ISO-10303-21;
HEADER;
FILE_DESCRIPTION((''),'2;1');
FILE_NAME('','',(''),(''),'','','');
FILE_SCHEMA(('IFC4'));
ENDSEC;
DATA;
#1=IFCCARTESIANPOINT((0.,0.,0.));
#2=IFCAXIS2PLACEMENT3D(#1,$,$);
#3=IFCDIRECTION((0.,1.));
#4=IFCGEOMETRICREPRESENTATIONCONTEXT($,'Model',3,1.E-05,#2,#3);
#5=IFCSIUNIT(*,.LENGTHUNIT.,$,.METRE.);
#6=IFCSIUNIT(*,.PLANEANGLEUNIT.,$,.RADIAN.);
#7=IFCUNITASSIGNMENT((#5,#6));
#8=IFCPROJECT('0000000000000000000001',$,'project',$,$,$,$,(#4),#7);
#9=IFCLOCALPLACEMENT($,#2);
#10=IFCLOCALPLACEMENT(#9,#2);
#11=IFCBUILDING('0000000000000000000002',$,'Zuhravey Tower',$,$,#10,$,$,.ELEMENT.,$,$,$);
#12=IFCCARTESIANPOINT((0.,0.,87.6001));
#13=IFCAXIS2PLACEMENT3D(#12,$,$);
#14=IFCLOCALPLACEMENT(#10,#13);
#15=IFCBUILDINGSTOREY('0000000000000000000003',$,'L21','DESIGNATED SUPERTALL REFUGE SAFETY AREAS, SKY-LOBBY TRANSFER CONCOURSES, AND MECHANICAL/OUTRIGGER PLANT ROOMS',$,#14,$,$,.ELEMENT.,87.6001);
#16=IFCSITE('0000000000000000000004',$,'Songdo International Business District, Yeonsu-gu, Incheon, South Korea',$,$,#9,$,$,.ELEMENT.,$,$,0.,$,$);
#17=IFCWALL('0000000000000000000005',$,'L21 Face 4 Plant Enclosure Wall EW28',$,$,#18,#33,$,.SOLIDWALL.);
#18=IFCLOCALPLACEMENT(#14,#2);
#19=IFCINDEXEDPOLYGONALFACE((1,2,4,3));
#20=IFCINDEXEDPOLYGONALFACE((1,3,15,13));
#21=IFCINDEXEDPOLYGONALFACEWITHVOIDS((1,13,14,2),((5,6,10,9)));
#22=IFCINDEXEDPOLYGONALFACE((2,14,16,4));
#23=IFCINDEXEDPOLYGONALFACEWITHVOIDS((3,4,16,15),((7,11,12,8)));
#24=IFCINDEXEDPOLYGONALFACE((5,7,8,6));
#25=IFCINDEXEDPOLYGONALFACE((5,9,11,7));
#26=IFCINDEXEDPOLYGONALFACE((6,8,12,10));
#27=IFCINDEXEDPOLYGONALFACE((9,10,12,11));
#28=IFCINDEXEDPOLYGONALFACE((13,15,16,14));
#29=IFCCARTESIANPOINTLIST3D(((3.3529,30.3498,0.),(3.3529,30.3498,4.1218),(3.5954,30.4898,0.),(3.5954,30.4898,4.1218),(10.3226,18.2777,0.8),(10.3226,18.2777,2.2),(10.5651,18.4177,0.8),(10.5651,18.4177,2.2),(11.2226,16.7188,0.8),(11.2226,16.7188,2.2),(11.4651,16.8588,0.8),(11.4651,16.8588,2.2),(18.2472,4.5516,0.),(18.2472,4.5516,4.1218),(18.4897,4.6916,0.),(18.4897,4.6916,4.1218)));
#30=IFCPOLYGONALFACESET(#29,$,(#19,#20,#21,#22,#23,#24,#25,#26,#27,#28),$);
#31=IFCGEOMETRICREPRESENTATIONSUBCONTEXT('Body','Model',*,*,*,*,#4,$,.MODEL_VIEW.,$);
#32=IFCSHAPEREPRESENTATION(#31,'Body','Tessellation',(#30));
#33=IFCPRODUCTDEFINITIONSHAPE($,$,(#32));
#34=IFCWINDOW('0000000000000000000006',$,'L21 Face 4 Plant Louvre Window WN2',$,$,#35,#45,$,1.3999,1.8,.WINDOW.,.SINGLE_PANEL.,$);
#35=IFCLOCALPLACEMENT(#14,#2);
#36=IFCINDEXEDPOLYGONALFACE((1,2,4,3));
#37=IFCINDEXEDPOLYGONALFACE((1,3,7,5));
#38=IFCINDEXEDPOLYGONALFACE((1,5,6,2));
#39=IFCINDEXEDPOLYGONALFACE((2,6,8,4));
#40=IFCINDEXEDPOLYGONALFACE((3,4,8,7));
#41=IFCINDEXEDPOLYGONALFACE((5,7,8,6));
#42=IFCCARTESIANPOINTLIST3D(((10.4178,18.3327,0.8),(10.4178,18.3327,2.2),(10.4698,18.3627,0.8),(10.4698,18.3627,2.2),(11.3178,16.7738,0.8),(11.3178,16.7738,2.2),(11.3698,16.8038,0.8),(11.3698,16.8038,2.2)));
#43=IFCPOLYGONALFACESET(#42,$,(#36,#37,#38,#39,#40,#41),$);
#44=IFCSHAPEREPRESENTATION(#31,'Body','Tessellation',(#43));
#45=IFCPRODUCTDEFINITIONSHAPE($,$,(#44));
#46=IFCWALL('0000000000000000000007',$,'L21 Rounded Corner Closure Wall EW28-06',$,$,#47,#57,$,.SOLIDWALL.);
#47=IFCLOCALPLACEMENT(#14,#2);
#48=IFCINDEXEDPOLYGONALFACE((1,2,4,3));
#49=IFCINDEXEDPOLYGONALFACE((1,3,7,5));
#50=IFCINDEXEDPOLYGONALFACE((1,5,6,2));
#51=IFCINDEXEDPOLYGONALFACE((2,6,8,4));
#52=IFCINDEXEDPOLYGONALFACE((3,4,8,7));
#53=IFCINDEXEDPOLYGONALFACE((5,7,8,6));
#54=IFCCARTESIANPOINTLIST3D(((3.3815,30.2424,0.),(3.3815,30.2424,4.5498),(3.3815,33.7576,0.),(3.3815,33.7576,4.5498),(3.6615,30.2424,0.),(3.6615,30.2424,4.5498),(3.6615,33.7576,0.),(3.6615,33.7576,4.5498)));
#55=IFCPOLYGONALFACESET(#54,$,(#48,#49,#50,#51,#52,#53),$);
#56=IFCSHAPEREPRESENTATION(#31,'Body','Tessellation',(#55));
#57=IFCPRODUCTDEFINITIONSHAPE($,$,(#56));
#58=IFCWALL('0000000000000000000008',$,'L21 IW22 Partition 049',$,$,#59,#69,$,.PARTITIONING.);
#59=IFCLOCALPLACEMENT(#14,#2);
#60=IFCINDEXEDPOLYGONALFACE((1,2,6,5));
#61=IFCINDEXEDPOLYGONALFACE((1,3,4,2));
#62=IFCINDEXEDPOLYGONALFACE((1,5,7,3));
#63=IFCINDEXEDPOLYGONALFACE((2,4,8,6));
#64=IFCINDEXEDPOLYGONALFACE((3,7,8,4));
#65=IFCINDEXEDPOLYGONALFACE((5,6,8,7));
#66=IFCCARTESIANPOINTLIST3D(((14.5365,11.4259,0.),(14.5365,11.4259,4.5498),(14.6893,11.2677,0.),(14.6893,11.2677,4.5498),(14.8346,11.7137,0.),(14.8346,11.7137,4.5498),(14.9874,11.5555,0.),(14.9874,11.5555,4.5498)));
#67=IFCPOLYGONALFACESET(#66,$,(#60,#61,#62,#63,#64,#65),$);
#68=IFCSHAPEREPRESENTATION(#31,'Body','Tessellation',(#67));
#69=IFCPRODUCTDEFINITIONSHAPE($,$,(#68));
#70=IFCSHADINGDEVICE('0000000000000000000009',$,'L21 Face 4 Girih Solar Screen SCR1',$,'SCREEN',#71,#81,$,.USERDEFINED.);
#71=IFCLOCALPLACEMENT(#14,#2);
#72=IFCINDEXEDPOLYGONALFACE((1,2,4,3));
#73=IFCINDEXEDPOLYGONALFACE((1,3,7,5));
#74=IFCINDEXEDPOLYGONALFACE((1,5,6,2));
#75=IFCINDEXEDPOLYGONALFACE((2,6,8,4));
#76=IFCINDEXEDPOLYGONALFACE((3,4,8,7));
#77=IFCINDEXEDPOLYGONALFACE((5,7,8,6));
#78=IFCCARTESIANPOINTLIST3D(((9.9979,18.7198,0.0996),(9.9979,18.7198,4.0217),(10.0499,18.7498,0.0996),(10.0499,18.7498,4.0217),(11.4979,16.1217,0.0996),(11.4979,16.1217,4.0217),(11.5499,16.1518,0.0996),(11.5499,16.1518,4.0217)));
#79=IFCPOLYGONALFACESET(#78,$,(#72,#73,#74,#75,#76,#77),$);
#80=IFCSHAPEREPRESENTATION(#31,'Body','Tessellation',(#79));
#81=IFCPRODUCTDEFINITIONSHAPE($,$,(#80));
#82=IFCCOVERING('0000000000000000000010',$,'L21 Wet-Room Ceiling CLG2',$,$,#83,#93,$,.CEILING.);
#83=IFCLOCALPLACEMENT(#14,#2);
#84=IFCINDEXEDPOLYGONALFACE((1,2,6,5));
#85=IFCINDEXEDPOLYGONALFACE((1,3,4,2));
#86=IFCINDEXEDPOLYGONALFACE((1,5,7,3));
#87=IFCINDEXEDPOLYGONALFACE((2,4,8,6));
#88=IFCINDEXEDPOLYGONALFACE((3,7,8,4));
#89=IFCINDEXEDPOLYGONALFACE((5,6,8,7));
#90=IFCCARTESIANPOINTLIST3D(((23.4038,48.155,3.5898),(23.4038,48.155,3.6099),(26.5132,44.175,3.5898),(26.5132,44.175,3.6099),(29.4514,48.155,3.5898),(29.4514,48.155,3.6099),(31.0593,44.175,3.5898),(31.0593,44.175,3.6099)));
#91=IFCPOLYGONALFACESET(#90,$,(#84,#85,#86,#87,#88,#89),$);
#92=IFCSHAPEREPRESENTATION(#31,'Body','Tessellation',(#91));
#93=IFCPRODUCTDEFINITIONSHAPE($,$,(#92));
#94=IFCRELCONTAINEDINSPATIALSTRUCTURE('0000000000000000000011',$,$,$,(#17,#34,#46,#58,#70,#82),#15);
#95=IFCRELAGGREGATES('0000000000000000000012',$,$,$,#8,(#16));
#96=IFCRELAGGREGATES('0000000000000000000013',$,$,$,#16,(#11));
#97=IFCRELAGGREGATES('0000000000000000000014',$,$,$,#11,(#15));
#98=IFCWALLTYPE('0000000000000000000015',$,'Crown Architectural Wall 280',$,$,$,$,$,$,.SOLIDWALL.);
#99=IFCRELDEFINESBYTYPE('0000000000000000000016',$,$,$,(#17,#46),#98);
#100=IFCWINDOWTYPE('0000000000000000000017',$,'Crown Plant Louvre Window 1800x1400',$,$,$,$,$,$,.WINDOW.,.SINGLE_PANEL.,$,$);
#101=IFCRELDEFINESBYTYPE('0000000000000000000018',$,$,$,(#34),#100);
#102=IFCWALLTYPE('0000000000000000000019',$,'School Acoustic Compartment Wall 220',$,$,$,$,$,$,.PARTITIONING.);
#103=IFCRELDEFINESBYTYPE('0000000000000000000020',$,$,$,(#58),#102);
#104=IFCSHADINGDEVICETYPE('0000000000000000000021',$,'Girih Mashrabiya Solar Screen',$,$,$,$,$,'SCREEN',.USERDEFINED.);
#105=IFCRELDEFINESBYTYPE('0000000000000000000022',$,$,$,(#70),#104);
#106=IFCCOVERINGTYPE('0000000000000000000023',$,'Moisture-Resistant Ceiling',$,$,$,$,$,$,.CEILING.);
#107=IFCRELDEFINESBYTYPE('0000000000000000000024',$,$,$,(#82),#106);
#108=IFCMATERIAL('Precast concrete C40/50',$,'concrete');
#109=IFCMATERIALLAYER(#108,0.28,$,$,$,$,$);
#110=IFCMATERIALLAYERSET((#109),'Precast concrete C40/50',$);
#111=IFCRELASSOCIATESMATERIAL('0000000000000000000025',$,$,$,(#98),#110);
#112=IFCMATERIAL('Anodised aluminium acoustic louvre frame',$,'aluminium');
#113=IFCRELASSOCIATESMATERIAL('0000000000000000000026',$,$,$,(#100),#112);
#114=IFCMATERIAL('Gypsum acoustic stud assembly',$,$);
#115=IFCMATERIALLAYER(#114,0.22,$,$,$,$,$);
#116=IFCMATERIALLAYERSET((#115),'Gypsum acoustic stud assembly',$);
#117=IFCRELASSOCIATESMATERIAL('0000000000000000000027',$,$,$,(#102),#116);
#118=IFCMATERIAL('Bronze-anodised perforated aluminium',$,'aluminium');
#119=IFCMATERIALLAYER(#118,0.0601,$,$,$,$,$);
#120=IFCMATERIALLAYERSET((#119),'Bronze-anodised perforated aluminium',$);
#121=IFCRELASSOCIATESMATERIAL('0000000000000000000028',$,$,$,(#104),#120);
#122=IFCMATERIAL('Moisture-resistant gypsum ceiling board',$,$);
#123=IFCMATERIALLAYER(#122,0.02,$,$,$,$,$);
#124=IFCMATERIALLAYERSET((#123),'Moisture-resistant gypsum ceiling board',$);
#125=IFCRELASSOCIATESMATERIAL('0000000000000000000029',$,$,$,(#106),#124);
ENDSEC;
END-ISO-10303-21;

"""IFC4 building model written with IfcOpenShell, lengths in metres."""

from ifc_helpers import new_model, si_unit, direction, frame, frame_2d, origin, origin_2d, place, context, subcontext, project, spatial, polyline, rectangle, outline, extrude, material, layer, layer_set, type_object, element, fill, save


model = new_model("IFC4")

# Units and contexts
model_context = context("Model", 3, precision=1e-05, world=origin(), true_north=direction((0.0, 1.0)))
body_context = subcontext(model_context, "Body", "Model", "MODEL_VIEW")
ifc_project = project(units=[si_unit("LENGTHUNIT", "METRE"), si_unit("PLANEANGLEUNIT", "RADIAN")], contexts=[model_context])

# Site, building, storey
site_placement = place(None, origin())
site = spatial("IfcSite", under=ifc_project, at=site_placement, Name="Songdo International Business District, Yeonsu-gu, Incheon, South Korea", CompositionType="ELEMENT", RefElevation=0.0)
building_placement = place(site_placement, origin())
building = spatial("IfcBuilding", under=site, at=building_placement, Name="Zuhravey Tower", CompositionType="ELEMENT")
storey_placement = place(building_placement, frame((0.0, 0.0, 87.6001)))
storey = spatial("IfcBuildingStorey", under=building, at=storey_placement, Name="L21", Description="DESIGNATED SUPERTALL REFUGE SAFETY AREAS, SKY-LOBBY TRANSFER CONCOURSES, AND MECHANICAL/OUTRIGGER PLANT ROOMS", CompositionType="ELEMENT", Elevation=87.6001)

# Shared definitions
ifc_material_1 = material(Name="Precast concrete C40/50", Category="concrete")
ifc_layer_1 = layer(ifc_material_1, 0.28)
ifc_layer_set_1 = layer_set([ifc_layer_1], Name="Precast concrete C40/50")
wall_type_1 = type_object("IfcWallType", Name="Crown Architectural Wall 280", PredefinedType="SOLIDWALL", material=ifc_layer_set_1)

# Wall, opening, window
wall_1_placement = place(storey_placement, frame((18.3684, 4.6216, 0.0), z_axis=(0.0, 0.0, 1.0), x_axis=(-0.49999, 0.866031, 0.0)))
wall_1 = element("IfcWall", 1, at=wall_1_placement, inside=storey, type_object=wall_type_1, Name="L21 Face 4 Plant Enclosure Wall EW28", PredefinedType="SOLIDWALL", context=body_context, shape_type="SweptSolid", body=[
    extrude(rectangle(XDim=29.7891, YDim=0.28, at=frame_2d((14.8945, 0.0))), origin(), (0.0, 0.0, 1.0), 4.1218),
])
opening_placement = place(wall_1_placement, frame((14.0496, 0.0, 0.8)))
opening = element("IfcOpeningElement", 2, at=opening_placement, cuts=wall_1, PredefinedType="OPENING", context=body_context, shape_type="SweptSolid", body=[
    extrude(rectangle(XDim=1.8, YDim=1.3999, at=frame_2d((0.8999, 0.7))), frame((0.0, 0.1521, 0.0), z_axis=(0.0, -1.0, 0.0), x_axis=(1.0, 0.0, 0.0)), (0.0, 0.0, 1.0), 0.304),
])
ifc_material_2 = material(Name="Anodised aluminium acoustic louvre frame", Category="aluminium")
window_type = type_object("IfcWindowType", Name="Crown Plant Louvre Window 1800x1400", PartitioningType="SINGLE_PANEL", PredefinedType="WINDOW", material=ifc_material_2)
window_placement = place(opening_placement, origin())
window = element("IfcWindow", 3, at=window_placement, inside=storey, type_object=window_type, Name="L21 Face 4 Plant Louvre Window WN2", OverallHeight=1.3999, OverallWidth=1.8, PartitioningType="SINGLE_PANEL", PredefinedType="WINDOW", context=body_context, shape_type="SweptSolid", body=[
    extrude(rectangle(XDim=1.8, YDim=1.3999, at=frame_2d((0.8999, 0.7))), frame((0.0, 0.03, 0.0), z_axis=(0.0, -1.0, 0.0), x_axis=(1.0, 0.0, 0.0)), (0.0, 0.0, 1.0), 0.0601),
])
fill(opening, window)

# Walls
wall_2_placement = place(storey_placement, frame((3.5215, 30.2424, 0.0), z_axis=(0.0, 0.0, 1.0), x_axis=(0.0, 1.0, 0.0)))
element("IfcWall", 4, at=wall_2_placement, inside=storey, type_object=wall_type_1, Name="L21 Rounded Corner Closure Wall EW28-06", PredefinedType="SOLIDWALL", context=body_context, shape_type="SweptSolid", body=[
    extrude(rectangle(XDim=3.5151, YDim=0.28, at=frame_2d((1.7576, 0.0))), origin(), (0.0, 0.0, 1.0), 4.5498),
])
ifc_material_3 = material(Name="Gypsum acoustic stud assembly")
ifc_layer_2 = layer(ifc_material_3, 0.22)
ifc_layer_set_2 = layer_set([ifc_layer_2], Name="Gypsum acoustic stud assembly")
wall_type_2 = type_object("IfcWallType", Name="School Acoustic Compartment Wall 220", PredefinedType="PARTITIONING", material=ifc_layer_set_2)
wall_3_placement = place(storey_placement, frame((14.9109, 11.6345, 0.0), z_axis=(0.0, 0.0, 1.0), x_axis=(-0.719371, -0.694626, 0.0)))
element("IfcWall", 5, at=wall_3_placement, inside=storey, type_object=wall_type_2, Name="L21 IW22 Partition 049", PredefinedType="PARTITIONING", context=body_context, shape_type="SweptSolid", body=[
    extrude(rectangle(XDim=0.4143, YDim=0.22, at=frame_2d((0.207, 0.0))), origin(), (0.0, 0.0, 1.0), 4.5498),
])

# Shading device
ifc_material_4 = material(Name="Bronze-anodised perforated aluminium", Category="aluminium")
ifc_layer_3 = layer(ifc_material_4, 0.0601)
ifc_layer_set_3 = layer_set([ifc_layer_3], Name="Bronze-anodised perforated aluminium")
shading_device_type = type_object("IfcShadingDeviceType", Name="Girih Mashrabiya Solar Screen", ElementType="SCREEN", PredefinedType="USERDEFINED", material=ifc_layer_set_3)
shading_device_placement = place(storey_placement, frame((10.7739, 17.4358, 0.0996), z_axis=(0.0, 0.0, 1.0), x_axis=(-0.5, 0.866025, 0.0)))
element("IfcShadingDevice", 6, at=shading_device_placement, inside=storey, type_object=shading_device_type, Name="L21 Face 4 Girih Solar Screen SCR1", ObjectType="SCREEN", PredefinedType="USERDEFINED", context=body_context, shape_type="SweptSolid", body=[
    extrude(rectangle(XDim=3.0, YDim=0.0601, at=origin_2d()), origin(), (0.0, 0.0, 1.0), 3.9221),
])

# Covering
ifc_material_5 = material(Name="Moisture-resistant gypsum ceiling board")
ifc_layer_4 = layer(ifc_material_5, 0.02)
ifc_layer_set_4 = layer_set([ifc_layer_4], Name="Moisture-resistant gypsum ceiling board")
covering_type = type_object("IfcCoveringType", Name="Moisture-Resistant Ceiling", PredefinedType="CEILING", material=ifc_layer_set_4)
covering_placement = place(storey_placement, frame((0.0, 0.0, 3.5898)))
element("IfcCovering", 7, at=covering_placement, inside=storey, type_object=covering_type, Name="L21 Wet-Room Ceiling CLG2", PredefinedType="CEILING", context=body_context, shape_type="SweptSolid", body=[
    extrude(outline(polyline([(31.0593, 44.175), (26.5132, 44.175), (23.4038, 48.155), (29.4514, 48.155), (31.0593, 44.175)])), origin(), (0.0, 0.0, 1.0), 0.02),
])

save(model, "model.ifc")
